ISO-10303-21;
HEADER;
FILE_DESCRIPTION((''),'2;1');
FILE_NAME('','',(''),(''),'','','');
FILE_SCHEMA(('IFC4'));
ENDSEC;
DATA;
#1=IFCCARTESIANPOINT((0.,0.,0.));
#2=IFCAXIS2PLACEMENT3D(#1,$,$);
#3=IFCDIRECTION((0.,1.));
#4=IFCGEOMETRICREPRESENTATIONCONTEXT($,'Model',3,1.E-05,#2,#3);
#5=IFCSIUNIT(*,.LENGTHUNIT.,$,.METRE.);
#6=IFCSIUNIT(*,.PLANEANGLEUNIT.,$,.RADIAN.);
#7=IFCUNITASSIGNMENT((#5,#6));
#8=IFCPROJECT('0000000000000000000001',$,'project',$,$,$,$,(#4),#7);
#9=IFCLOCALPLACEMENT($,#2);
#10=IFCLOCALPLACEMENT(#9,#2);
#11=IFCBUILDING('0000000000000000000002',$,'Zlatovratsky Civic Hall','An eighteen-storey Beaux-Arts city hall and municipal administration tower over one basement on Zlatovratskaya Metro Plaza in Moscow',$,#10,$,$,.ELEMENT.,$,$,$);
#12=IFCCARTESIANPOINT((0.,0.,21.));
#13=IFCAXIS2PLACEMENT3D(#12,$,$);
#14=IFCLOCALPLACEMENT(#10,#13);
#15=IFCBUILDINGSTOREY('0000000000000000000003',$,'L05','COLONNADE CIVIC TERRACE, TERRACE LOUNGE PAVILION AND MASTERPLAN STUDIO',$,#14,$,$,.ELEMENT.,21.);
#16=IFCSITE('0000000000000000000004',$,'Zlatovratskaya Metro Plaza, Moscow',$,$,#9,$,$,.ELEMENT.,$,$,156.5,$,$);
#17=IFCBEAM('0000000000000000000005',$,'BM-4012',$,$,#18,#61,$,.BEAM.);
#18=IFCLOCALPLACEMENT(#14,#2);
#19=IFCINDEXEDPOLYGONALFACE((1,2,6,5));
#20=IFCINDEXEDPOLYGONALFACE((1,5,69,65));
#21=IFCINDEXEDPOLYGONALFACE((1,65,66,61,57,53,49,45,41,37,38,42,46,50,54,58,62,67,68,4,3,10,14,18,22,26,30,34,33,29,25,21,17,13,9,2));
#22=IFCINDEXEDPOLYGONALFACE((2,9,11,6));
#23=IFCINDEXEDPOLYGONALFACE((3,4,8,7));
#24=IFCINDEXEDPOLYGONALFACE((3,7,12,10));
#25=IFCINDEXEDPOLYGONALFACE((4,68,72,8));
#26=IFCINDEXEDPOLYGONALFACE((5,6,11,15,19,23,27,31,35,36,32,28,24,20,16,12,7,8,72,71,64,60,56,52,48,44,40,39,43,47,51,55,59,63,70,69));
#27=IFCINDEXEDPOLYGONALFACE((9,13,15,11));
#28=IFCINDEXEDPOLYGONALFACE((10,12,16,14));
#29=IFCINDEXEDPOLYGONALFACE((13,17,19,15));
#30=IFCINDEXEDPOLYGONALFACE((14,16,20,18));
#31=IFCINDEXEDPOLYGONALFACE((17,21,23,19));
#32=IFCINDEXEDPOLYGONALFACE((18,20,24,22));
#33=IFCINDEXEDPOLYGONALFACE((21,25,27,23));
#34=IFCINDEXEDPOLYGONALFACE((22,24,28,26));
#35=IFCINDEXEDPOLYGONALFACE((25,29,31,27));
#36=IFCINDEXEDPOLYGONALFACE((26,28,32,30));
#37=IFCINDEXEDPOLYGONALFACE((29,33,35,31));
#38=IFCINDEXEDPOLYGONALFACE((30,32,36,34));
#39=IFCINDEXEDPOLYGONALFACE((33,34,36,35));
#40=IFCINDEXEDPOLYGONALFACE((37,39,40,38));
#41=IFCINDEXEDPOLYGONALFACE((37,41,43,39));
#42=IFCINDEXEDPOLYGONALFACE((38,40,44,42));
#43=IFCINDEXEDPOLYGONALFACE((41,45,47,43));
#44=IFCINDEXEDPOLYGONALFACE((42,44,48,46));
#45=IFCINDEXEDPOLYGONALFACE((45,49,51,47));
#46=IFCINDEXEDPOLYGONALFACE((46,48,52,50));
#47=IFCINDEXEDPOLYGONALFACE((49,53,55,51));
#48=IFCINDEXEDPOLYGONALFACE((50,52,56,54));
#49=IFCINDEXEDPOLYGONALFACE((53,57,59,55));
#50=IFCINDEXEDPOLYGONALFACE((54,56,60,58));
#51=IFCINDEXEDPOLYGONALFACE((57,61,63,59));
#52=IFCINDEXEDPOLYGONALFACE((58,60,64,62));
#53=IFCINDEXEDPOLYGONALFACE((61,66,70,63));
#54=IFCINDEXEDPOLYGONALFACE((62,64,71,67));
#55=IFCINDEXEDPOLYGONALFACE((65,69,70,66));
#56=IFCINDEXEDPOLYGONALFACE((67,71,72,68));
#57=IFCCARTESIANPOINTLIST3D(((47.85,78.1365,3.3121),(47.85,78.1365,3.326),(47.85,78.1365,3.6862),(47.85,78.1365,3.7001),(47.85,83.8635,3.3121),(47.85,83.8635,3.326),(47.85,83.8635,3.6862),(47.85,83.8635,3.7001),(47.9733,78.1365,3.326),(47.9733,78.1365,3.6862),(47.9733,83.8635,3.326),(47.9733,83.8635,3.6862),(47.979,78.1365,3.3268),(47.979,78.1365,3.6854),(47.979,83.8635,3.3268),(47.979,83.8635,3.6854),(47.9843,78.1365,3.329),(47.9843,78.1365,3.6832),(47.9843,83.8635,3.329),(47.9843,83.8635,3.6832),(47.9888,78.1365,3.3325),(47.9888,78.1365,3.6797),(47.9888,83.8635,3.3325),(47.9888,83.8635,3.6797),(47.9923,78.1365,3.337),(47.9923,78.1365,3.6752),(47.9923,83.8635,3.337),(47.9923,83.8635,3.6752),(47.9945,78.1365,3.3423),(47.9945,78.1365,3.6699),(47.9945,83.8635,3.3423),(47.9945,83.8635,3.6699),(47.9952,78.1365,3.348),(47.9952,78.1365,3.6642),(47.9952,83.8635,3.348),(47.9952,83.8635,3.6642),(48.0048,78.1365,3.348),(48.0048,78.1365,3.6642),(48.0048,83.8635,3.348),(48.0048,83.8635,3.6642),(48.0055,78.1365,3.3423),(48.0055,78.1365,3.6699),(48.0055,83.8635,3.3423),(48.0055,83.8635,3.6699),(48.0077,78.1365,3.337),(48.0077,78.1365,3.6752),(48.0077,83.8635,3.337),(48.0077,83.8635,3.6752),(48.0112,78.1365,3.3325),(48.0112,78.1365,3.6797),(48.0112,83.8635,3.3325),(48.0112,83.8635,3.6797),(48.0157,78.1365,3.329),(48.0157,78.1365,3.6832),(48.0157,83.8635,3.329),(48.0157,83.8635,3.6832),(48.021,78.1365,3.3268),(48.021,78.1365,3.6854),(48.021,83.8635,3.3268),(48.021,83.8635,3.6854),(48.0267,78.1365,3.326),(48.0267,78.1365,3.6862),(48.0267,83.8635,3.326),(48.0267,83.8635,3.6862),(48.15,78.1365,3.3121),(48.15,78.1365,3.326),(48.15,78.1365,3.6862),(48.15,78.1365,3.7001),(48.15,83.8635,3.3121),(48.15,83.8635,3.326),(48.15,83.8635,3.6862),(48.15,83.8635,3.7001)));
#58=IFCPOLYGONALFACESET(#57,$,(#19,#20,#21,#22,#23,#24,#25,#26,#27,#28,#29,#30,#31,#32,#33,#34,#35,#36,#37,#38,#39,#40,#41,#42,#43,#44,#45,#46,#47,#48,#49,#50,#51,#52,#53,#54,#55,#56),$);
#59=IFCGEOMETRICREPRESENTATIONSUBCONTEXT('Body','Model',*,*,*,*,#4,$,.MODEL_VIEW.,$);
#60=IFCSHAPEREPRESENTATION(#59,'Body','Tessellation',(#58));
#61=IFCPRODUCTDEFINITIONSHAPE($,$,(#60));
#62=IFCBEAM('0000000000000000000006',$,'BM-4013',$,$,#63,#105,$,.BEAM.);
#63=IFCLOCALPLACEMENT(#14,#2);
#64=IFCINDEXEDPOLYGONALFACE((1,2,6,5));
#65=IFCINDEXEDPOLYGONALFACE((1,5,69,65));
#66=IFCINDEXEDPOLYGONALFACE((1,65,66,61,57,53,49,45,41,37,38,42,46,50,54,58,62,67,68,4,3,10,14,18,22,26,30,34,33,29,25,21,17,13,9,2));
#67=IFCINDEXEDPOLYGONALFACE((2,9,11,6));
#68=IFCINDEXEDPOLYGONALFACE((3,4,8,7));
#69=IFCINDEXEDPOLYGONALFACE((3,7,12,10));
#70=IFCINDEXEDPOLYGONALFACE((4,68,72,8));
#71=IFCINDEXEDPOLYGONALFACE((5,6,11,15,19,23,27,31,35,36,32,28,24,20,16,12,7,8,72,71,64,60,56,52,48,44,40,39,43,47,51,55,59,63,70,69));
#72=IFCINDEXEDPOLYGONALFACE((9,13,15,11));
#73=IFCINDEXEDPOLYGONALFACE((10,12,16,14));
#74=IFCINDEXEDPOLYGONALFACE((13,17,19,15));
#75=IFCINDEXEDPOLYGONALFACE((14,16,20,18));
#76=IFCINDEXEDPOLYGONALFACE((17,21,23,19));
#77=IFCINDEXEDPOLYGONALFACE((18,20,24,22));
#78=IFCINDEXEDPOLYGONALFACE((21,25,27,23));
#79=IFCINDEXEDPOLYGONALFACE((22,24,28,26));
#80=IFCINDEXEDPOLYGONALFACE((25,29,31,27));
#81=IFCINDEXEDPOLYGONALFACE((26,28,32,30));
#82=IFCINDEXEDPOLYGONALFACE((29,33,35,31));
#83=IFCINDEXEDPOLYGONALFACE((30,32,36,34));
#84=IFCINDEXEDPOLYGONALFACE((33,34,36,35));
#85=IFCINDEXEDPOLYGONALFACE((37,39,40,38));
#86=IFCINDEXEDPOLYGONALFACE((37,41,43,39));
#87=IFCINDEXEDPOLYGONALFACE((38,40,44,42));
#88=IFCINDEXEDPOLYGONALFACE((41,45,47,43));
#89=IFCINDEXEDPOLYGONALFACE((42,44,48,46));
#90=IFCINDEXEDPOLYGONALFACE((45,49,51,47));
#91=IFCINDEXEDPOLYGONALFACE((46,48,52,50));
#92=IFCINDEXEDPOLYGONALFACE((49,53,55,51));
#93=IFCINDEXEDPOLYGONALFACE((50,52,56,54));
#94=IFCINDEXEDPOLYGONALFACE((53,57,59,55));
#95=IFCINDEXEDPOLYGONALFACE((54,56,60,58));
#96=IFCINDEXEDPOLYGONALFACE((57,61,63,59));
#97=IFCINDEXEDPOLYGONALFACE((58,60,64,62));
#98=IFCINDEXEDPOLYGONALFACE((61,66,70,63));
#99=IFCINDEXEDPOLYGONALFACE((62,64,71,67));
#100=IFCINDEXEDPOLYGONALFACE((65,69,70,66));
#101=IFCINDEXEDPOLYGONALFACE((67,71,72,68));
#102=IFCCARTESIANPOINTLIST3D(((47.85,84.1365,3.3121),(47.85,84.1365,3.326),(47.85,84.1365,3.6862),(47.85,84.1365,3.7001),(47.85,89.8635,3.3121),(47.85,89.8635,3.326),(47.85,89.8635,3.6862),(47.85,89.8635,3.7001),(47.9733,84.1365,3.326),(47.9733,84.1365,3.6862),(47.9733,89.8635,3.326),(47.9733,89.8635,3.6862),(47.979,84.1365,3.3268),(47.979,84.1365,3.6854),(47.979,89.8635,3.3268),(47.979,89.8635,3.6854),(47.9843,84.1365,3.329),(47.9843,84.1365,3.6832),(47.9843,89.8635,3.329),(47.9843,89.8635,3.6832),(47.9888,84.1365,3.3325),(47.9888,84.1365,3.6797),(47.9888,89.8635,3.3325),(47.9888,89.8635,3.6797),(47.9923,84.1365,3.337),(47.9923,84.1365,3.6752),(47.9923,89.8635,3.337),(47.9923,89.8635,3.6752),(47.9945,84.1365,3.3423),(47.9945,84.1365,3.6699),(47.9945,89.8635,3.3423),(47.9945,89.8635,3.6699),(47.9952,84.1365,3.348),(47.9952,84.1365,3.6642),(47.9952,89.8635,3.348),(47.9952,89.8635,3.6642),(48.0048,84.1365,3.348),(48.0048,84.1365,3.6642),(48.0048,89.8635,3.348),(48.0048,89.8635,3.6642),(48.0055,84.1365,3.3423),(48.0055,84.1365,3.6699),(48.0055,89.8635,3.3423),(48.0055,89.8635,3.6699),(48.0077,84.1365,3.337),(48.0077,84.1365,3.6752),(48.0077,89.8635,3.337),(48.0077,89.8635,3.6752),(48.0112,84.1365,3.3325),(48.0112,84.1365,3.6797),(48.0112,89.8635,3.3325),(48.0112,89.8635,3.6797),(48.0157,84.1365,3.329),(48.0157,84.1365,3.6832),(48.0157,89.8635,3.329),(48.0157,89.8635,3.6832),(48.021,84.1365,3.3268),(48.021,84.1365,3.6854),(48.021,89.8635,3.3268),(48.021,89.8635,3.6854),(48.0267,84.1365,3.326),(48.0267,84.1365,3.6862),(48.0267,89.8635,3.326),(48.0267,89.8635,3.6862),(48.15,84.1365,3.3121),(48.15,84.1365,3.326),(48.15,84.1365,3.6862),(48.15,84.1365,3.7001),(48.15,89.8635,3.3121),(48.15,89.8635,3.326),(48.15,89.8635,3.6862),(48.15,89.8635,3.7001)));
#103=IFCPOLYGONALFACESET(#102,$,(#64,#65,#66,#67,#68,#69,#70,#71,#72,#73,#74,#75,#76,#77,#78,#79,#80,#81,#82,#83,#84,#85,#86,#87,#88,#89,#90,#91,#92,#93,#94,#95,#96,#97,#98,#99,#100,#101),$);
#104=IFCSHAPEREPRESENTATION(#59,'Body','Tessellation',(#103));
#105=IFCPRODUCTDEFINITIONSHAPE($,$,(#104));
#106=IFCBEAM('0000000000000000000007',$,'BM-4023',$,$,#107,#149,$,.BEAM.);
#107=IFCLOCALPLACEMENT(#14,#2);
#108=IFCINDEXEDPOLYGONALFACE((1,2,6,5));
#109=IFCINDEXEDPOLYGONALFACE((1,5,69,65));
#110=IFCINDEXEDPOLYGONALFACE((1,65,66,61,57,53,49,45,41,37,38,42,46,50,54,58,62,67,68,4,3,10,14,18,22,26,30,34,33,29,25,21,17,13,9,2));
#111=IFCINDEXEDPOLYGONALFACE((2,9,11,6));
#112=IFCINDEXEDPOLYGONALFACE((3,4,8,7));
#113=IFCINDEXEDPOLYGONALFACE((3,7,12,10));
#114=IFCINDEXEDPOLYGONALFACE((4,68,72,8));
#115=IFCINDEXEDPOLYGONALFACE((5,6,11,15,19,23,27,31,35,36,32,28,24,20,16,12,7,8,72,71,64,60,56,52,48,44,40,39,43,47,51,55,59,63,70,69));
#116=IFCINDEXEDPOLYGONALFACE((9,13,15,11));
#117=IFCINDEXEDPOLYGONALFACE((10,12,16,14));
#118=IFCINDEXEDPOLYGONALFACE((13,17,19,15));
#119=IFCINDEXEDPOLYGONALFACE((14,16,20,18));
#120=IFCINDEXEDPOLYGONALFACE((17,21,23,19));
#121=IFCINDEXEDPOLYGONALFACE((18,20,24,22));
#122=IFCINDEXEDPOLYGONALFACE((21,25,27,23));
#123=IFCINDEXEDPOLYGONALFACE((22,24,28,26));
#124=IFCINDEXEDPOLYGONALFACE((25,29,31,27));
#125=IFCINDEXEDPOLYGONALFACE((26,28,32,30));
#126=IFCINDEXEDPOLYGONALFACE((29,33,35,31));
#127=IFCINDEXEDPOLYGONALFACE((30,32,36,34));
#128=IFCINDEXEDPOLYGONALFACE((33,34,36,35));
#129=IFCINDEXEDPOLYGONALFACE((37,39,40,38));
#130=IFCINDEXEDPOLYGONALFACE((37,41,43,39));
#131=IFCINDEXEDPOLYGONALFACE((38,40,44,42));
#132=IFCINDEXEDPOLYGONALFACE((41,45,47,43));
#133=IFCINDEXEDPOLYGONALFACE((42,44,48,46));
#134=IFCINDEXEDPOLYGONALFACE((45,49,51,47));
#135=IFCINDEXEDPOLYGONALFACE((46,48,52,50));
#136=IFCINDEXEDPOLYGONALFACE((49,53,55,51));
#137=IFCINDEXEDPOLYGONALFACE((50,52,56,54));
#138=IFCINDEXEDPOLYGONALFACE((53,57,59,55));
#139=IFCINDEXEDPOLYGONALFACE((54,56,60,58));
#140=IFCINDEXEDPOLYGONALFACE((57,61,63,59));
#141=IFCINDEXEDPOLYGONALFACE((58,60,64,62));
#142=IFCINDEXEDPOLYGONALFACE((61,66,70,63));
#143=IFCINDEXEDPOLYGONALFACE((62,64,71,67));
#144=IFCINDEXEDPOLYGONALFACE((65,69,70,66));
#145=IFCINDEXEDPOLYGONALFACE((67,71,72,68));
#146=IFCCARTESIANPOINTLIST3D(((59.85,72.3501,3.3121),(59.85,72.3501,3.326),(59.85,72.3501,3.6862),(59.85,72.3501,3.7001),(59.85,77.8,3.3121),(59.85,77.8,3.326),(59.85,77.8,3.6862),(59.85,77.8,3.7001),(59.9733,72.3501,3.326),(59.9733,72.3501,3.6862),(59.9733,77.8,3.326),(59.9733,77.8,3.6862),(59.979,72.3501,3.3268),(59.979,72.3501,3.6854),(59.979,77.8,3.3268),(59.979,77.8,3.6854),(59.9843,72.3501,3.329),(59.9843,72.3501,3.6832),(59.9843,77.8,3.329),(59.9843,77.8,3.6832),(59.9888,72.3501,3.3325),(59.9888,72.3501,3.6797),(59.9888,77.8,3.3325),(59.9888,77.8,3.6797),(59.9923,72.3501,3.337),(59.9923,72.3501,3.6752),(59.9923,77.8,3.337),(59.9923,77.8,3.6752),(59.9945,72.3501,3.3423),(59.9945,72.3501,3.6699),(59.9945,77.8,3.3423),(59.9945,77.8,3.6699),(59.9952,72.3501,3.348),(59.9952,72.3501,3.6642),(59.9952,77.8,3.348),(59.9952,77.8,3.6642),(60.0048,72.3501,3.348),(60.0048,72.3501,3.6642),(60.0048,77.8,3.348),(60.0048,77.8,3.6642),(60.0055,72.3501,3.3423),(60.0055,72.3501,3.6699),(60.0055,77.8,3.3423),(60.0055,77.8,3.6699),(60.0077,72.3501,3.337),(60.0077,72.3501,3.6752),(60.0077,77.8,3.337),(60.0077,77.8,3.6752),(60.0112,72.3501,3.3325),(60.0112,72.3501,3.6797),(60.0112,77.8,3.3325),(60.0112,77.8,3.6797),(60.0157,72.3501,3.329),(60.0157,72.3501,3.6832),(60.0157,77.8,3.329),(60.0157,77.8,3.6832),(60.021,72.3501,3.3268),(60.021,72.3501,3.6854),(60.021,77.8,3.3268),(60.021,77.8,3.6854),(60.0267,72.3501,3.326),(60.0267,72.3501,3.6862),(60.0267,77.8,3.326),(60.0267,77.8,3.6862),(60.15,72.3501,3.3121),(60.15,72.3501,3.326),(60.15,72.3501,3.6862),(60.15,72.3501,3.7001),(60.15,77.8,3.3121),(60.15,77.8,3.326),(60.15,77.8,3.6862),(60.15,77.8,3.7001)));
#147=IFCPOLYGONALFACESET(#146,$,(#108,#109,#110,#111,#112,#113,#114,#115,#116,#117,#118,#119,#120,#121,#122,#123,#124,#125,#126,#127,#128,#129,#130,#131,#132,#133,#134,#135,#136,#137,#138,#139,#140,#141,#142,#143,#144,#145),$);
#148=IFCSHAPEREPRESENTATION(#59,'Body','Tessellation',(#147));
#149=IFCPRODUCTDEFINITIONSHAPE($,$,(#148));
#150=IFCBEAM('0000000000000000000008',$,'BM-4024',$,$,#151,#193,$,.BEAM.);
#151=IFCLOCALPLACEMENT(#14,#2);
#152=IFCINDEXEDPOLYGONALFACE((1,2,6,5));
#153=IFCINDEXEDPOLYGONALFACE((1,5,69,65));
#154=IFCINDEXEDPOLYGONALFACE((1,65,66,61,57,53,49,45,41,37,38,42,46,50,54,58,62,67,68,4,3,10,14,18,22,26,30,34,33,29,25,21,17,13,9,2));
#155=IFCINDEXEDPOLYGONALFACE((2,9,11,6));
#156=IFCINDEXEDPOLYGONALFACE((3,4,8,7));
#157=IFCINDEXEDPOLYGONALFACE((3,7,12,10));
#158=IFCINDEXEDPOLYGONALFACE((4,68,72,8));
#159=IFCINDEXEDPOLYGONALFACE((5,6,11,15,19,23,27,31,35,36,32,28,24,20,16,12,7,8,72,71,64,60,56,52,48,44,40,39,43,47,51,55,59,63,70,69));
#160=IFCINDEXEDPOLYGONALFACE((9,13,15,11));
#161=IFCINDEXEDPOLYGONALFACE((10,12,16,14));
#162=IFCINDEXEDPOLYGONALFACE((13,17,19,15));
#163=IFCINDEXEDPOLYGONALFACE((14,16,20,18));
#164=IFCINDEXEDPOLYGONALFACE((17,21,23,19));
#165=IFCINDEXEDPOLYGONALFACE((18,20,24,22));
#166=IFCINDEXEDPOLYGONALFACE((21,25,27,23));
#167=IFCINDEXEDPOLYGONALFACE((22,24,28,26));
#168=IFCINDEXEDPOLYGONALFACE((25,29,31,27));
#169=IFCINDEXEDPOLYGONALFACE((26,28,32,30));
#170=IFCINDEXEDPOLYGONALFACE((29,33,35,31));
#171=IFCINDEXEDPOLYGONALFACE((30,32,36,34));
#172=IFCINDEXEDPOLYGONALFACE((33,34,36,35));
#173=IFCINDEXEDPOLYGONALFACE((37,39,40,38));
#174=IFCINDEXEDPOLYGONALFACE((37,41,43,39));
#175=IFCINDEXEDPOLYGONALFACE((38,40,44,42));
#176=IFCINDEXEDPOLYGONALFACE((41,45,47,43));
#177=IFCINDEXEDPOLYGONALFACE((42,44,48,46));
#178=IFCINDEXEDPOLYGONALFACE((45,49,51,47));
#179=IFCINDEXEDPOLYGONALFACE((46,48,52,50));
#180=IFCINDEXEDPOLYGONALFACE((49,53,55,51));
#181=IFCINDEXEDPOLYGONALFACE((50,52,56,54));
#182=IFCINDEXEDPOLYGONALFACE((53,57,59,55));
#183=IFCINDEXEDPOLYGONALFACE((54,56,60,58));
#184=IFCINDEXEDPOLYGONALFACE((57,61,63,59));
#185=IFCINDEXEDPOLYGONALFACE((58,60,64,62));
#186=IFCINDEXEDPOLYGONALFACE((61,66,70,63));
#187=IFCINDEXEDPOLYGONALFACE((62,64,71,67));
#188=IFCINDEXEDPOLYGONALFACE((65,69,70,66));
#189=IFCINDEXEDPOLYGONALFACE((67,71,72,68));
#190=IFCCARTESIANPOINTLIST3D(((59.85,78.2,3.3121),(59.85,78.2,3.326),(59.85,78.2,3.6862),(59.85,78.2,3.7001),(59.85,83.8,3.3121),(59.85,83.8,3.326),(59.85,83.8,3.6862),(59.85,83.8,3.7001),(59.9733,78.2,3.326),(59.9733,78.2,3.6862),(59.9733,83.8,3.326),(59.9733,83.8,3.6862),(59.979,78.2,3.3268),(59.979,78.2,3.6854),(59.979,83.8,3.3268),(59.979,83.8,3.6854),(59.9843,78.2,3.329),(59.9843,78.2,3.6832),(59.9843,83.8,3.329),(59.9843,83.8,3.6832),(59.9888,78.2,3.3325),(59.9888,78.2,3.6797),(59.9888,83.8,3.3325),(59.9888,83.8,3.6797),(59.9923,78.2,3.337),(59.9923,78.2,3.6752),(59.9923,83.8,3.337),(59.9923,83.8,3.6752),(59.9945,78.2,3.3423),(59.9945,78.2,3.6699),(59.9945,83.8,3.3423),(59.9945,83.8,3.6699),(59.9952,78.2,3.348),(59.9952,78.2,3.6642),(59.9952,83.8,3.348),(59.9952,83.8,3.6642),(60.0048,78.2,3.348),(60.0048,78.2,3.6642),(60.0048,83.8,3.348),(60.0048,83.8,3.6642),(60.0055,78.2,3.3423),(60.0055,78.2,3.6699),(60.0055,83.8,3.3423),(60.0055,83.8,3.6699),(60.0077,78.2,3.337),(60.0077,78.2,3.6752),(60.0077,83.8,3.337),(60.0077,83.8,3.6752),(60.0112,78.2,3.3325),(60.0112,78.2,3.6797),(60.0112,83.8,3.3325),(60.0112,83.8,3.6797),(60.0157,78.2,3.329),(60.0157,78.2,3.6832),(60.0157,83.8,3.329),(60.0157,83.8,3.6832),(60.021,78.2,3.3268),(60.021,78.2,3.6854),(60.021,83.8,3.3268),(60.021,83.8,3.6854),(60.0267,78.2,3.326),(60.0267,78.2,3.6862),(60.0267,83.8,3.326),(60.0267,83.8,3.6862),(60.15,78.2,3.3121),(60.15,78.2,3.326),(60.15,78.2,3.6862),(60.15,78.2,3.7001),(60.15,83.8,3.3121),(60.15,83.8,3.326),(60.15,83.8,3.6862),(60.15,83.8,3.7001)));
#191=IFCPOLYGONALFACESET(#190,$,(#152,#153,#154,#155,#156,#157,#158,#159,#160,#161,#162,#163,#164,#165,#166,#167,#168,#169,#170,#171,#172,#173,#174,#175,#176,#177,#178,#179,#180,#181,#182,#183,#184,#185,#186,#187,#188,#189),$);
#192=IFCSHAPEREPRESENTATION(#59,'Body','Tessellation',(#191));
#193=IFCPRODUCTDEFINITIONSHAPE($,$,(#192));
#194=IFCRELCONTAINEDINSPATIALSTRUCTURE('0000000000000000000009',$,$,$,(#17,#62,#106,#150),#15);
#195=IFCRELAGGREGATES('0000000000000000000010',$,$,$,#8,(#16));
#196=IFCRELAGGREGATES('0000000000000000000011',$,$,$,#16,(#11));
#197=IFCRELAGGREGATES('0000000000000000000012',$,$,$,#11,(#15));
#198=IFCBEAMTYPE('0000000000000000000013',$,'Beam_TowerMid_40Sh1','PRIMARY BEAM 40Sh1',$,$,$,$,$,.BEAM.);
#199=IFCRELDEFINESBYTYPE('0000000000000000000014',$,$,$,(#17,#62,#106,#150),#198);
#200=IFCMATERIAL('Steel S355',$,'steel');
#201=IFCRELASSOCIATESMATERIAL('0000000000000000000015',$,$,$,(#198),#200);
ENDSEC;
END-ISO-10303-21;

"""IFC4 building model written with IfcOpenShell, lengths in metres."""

from ifc_helpers import new_model, si_unit, direction, frame, origin, origin_2d, place, context, subcontext, project, spatial, i_section, extrude, material, material_profile, profile_set, type_object, element, save


model = new_model("IFC4")

# Units and contexts
model_context = context("Model", 3, precision=1e-05, world=origin(), true_north=direction((0.0, 1.0)))
body_context = subcontext(model_context, "Body", "Model", "MODEL_VIEW")
ifc_project = project(units=[si_unit("LENGTHUNIT", "METRE"), si_unit("PLANEANGLEUNIT", "RADIAN")], contexts=[model_context])

# Site, building, storey
site_placement = place(None, origin())
site = spatial("IfcSite", under=ifc_project, at=site_placement, Name="Zlatovratskaya Metro Plaza, Moscow", CompositionType="ELEMENT", RefElevation=156.5)
building_placement = place(site_placement, origin())
building = spatial("IfcBuilding", under=site, at=building_placement, Name="Zlatovratsky Civic Hall", Description="An eighteen-storey Beaux-Arts city hall and municipal administration tower over one basement on Zlatovratskaya Metro Plaza in Moscow", CompositionType="ELEMENT")
storey_placement = place(building_placement, frame((0.0, 0.0, 21.0)))
storey = spatial("IfcBuildingStorey", under=building, at=storey_placement, Name="L05", Description="COLONNADE CIVIC TERRACE, TERRACE LOUNGE PAVILION AND MASTERPLAN STUDIO", CompositionType="ELEMENT", Elevation=21.0)

# Shared definitions
ifc_material_1 = material(Name="Steel S355", Category="steel")

# Beams
ifc_material_profile_1 = material_profile(ifc_material_1, i_section(OverallWidth=0.3, OverallDepth=0.3879, WebThickness=0.0095, FlangeThickness=0.0139, FilletRadius=0.022, at=origin_2d()), Name="40Sh1")
ifc_profile_set_1 = profile_set([ifc_material_profile_1], Name="Steel S355")
beam_type_1 = type_object("IfcBeamType", Name="Beam_TowerMid_40Sh1", Description="PRIMARY BEAM 40Sh1", PredefinedType="BEAM", material=ifc_profile_set_1)
for number, where, z_axis, x_axis, name in (
    (1, (48.0, 78.1365, 3.5061), (0.0, 1.0, 0.0), (-1.0, 0.0, 0.0), "BM-4012"),
    (2, (48.0, 84.1365, 3.5061), (0.0, 1.0, 0.0), (-1.0, 0.0, 0.0), "BM-4013"),
):
    element("IfcBeam", number, at=place(storey_placement, frame(where, z_axis=z_axis, x_axis=x_axis)), inside=storey, type_object=beam_type_1, Name=name, PredefinedType="BEAM", context=body_context, shape_type="SweptSolid", body=[
        extrude(i_section(OverallWidth=0.3, OverallDepth=0.3879, WebThickness=0.0095, FlangeThickness=0.0139, FilletRadius=0.022, at=origin_2d()), origin(), (0.0, 0.0, 1.0), 5.7271),
    ])
beam_1_placement = place(storey_placement, frame((60.0, 72.3501, 3.5061), z_axis=(0.0, 1.0, 0.0), x_axis=(-1.0, 0.0, 0.0)))
element("IfcBeam", 3, at=beam_1_placement, inside=storey, type_object=beam_type_1, Name="BM-4023", PredefinedType="BEAM", context=body_context, shape_type="SweptSolid", body=[
    extrude(i_section(OverallWidth=0.3, OverallDepth=0.3879, WebThickness=0.0095, FlangeThickness=0.0139, FilletRadius=0.022, at=origin_2d()), origin(), (0.0, 0.0, 1.0), 5.45),
])
for number, where, z_axis, x_axis, name in (
    (4, (60.0, 78.2, 3.5061), (0.0, 1.0, 0.0), (-1.0, 0.0, 0.0), "BM-4024"),
):
    element("IfcBeam", number, at=place(storey_placement, frame(where, z_axis=z_axis, x_axis=x_axis)), inside=storey, type_object=beam_type_1, Name=name, PredefinedType="BEAM", context=body_context, shape_type="SweptSolid", body=[
        extrude(i_section(OverallWidth=0.3, OverallDepth=0.3879, WebThickness=0.0095, FlangeThickness=0.0139, FilletRadius=0.022, at=origin_2d()), origin(), (0.0, 0.0, 1.0), 5.6001),
    ])

save(model, "model.ifc")
